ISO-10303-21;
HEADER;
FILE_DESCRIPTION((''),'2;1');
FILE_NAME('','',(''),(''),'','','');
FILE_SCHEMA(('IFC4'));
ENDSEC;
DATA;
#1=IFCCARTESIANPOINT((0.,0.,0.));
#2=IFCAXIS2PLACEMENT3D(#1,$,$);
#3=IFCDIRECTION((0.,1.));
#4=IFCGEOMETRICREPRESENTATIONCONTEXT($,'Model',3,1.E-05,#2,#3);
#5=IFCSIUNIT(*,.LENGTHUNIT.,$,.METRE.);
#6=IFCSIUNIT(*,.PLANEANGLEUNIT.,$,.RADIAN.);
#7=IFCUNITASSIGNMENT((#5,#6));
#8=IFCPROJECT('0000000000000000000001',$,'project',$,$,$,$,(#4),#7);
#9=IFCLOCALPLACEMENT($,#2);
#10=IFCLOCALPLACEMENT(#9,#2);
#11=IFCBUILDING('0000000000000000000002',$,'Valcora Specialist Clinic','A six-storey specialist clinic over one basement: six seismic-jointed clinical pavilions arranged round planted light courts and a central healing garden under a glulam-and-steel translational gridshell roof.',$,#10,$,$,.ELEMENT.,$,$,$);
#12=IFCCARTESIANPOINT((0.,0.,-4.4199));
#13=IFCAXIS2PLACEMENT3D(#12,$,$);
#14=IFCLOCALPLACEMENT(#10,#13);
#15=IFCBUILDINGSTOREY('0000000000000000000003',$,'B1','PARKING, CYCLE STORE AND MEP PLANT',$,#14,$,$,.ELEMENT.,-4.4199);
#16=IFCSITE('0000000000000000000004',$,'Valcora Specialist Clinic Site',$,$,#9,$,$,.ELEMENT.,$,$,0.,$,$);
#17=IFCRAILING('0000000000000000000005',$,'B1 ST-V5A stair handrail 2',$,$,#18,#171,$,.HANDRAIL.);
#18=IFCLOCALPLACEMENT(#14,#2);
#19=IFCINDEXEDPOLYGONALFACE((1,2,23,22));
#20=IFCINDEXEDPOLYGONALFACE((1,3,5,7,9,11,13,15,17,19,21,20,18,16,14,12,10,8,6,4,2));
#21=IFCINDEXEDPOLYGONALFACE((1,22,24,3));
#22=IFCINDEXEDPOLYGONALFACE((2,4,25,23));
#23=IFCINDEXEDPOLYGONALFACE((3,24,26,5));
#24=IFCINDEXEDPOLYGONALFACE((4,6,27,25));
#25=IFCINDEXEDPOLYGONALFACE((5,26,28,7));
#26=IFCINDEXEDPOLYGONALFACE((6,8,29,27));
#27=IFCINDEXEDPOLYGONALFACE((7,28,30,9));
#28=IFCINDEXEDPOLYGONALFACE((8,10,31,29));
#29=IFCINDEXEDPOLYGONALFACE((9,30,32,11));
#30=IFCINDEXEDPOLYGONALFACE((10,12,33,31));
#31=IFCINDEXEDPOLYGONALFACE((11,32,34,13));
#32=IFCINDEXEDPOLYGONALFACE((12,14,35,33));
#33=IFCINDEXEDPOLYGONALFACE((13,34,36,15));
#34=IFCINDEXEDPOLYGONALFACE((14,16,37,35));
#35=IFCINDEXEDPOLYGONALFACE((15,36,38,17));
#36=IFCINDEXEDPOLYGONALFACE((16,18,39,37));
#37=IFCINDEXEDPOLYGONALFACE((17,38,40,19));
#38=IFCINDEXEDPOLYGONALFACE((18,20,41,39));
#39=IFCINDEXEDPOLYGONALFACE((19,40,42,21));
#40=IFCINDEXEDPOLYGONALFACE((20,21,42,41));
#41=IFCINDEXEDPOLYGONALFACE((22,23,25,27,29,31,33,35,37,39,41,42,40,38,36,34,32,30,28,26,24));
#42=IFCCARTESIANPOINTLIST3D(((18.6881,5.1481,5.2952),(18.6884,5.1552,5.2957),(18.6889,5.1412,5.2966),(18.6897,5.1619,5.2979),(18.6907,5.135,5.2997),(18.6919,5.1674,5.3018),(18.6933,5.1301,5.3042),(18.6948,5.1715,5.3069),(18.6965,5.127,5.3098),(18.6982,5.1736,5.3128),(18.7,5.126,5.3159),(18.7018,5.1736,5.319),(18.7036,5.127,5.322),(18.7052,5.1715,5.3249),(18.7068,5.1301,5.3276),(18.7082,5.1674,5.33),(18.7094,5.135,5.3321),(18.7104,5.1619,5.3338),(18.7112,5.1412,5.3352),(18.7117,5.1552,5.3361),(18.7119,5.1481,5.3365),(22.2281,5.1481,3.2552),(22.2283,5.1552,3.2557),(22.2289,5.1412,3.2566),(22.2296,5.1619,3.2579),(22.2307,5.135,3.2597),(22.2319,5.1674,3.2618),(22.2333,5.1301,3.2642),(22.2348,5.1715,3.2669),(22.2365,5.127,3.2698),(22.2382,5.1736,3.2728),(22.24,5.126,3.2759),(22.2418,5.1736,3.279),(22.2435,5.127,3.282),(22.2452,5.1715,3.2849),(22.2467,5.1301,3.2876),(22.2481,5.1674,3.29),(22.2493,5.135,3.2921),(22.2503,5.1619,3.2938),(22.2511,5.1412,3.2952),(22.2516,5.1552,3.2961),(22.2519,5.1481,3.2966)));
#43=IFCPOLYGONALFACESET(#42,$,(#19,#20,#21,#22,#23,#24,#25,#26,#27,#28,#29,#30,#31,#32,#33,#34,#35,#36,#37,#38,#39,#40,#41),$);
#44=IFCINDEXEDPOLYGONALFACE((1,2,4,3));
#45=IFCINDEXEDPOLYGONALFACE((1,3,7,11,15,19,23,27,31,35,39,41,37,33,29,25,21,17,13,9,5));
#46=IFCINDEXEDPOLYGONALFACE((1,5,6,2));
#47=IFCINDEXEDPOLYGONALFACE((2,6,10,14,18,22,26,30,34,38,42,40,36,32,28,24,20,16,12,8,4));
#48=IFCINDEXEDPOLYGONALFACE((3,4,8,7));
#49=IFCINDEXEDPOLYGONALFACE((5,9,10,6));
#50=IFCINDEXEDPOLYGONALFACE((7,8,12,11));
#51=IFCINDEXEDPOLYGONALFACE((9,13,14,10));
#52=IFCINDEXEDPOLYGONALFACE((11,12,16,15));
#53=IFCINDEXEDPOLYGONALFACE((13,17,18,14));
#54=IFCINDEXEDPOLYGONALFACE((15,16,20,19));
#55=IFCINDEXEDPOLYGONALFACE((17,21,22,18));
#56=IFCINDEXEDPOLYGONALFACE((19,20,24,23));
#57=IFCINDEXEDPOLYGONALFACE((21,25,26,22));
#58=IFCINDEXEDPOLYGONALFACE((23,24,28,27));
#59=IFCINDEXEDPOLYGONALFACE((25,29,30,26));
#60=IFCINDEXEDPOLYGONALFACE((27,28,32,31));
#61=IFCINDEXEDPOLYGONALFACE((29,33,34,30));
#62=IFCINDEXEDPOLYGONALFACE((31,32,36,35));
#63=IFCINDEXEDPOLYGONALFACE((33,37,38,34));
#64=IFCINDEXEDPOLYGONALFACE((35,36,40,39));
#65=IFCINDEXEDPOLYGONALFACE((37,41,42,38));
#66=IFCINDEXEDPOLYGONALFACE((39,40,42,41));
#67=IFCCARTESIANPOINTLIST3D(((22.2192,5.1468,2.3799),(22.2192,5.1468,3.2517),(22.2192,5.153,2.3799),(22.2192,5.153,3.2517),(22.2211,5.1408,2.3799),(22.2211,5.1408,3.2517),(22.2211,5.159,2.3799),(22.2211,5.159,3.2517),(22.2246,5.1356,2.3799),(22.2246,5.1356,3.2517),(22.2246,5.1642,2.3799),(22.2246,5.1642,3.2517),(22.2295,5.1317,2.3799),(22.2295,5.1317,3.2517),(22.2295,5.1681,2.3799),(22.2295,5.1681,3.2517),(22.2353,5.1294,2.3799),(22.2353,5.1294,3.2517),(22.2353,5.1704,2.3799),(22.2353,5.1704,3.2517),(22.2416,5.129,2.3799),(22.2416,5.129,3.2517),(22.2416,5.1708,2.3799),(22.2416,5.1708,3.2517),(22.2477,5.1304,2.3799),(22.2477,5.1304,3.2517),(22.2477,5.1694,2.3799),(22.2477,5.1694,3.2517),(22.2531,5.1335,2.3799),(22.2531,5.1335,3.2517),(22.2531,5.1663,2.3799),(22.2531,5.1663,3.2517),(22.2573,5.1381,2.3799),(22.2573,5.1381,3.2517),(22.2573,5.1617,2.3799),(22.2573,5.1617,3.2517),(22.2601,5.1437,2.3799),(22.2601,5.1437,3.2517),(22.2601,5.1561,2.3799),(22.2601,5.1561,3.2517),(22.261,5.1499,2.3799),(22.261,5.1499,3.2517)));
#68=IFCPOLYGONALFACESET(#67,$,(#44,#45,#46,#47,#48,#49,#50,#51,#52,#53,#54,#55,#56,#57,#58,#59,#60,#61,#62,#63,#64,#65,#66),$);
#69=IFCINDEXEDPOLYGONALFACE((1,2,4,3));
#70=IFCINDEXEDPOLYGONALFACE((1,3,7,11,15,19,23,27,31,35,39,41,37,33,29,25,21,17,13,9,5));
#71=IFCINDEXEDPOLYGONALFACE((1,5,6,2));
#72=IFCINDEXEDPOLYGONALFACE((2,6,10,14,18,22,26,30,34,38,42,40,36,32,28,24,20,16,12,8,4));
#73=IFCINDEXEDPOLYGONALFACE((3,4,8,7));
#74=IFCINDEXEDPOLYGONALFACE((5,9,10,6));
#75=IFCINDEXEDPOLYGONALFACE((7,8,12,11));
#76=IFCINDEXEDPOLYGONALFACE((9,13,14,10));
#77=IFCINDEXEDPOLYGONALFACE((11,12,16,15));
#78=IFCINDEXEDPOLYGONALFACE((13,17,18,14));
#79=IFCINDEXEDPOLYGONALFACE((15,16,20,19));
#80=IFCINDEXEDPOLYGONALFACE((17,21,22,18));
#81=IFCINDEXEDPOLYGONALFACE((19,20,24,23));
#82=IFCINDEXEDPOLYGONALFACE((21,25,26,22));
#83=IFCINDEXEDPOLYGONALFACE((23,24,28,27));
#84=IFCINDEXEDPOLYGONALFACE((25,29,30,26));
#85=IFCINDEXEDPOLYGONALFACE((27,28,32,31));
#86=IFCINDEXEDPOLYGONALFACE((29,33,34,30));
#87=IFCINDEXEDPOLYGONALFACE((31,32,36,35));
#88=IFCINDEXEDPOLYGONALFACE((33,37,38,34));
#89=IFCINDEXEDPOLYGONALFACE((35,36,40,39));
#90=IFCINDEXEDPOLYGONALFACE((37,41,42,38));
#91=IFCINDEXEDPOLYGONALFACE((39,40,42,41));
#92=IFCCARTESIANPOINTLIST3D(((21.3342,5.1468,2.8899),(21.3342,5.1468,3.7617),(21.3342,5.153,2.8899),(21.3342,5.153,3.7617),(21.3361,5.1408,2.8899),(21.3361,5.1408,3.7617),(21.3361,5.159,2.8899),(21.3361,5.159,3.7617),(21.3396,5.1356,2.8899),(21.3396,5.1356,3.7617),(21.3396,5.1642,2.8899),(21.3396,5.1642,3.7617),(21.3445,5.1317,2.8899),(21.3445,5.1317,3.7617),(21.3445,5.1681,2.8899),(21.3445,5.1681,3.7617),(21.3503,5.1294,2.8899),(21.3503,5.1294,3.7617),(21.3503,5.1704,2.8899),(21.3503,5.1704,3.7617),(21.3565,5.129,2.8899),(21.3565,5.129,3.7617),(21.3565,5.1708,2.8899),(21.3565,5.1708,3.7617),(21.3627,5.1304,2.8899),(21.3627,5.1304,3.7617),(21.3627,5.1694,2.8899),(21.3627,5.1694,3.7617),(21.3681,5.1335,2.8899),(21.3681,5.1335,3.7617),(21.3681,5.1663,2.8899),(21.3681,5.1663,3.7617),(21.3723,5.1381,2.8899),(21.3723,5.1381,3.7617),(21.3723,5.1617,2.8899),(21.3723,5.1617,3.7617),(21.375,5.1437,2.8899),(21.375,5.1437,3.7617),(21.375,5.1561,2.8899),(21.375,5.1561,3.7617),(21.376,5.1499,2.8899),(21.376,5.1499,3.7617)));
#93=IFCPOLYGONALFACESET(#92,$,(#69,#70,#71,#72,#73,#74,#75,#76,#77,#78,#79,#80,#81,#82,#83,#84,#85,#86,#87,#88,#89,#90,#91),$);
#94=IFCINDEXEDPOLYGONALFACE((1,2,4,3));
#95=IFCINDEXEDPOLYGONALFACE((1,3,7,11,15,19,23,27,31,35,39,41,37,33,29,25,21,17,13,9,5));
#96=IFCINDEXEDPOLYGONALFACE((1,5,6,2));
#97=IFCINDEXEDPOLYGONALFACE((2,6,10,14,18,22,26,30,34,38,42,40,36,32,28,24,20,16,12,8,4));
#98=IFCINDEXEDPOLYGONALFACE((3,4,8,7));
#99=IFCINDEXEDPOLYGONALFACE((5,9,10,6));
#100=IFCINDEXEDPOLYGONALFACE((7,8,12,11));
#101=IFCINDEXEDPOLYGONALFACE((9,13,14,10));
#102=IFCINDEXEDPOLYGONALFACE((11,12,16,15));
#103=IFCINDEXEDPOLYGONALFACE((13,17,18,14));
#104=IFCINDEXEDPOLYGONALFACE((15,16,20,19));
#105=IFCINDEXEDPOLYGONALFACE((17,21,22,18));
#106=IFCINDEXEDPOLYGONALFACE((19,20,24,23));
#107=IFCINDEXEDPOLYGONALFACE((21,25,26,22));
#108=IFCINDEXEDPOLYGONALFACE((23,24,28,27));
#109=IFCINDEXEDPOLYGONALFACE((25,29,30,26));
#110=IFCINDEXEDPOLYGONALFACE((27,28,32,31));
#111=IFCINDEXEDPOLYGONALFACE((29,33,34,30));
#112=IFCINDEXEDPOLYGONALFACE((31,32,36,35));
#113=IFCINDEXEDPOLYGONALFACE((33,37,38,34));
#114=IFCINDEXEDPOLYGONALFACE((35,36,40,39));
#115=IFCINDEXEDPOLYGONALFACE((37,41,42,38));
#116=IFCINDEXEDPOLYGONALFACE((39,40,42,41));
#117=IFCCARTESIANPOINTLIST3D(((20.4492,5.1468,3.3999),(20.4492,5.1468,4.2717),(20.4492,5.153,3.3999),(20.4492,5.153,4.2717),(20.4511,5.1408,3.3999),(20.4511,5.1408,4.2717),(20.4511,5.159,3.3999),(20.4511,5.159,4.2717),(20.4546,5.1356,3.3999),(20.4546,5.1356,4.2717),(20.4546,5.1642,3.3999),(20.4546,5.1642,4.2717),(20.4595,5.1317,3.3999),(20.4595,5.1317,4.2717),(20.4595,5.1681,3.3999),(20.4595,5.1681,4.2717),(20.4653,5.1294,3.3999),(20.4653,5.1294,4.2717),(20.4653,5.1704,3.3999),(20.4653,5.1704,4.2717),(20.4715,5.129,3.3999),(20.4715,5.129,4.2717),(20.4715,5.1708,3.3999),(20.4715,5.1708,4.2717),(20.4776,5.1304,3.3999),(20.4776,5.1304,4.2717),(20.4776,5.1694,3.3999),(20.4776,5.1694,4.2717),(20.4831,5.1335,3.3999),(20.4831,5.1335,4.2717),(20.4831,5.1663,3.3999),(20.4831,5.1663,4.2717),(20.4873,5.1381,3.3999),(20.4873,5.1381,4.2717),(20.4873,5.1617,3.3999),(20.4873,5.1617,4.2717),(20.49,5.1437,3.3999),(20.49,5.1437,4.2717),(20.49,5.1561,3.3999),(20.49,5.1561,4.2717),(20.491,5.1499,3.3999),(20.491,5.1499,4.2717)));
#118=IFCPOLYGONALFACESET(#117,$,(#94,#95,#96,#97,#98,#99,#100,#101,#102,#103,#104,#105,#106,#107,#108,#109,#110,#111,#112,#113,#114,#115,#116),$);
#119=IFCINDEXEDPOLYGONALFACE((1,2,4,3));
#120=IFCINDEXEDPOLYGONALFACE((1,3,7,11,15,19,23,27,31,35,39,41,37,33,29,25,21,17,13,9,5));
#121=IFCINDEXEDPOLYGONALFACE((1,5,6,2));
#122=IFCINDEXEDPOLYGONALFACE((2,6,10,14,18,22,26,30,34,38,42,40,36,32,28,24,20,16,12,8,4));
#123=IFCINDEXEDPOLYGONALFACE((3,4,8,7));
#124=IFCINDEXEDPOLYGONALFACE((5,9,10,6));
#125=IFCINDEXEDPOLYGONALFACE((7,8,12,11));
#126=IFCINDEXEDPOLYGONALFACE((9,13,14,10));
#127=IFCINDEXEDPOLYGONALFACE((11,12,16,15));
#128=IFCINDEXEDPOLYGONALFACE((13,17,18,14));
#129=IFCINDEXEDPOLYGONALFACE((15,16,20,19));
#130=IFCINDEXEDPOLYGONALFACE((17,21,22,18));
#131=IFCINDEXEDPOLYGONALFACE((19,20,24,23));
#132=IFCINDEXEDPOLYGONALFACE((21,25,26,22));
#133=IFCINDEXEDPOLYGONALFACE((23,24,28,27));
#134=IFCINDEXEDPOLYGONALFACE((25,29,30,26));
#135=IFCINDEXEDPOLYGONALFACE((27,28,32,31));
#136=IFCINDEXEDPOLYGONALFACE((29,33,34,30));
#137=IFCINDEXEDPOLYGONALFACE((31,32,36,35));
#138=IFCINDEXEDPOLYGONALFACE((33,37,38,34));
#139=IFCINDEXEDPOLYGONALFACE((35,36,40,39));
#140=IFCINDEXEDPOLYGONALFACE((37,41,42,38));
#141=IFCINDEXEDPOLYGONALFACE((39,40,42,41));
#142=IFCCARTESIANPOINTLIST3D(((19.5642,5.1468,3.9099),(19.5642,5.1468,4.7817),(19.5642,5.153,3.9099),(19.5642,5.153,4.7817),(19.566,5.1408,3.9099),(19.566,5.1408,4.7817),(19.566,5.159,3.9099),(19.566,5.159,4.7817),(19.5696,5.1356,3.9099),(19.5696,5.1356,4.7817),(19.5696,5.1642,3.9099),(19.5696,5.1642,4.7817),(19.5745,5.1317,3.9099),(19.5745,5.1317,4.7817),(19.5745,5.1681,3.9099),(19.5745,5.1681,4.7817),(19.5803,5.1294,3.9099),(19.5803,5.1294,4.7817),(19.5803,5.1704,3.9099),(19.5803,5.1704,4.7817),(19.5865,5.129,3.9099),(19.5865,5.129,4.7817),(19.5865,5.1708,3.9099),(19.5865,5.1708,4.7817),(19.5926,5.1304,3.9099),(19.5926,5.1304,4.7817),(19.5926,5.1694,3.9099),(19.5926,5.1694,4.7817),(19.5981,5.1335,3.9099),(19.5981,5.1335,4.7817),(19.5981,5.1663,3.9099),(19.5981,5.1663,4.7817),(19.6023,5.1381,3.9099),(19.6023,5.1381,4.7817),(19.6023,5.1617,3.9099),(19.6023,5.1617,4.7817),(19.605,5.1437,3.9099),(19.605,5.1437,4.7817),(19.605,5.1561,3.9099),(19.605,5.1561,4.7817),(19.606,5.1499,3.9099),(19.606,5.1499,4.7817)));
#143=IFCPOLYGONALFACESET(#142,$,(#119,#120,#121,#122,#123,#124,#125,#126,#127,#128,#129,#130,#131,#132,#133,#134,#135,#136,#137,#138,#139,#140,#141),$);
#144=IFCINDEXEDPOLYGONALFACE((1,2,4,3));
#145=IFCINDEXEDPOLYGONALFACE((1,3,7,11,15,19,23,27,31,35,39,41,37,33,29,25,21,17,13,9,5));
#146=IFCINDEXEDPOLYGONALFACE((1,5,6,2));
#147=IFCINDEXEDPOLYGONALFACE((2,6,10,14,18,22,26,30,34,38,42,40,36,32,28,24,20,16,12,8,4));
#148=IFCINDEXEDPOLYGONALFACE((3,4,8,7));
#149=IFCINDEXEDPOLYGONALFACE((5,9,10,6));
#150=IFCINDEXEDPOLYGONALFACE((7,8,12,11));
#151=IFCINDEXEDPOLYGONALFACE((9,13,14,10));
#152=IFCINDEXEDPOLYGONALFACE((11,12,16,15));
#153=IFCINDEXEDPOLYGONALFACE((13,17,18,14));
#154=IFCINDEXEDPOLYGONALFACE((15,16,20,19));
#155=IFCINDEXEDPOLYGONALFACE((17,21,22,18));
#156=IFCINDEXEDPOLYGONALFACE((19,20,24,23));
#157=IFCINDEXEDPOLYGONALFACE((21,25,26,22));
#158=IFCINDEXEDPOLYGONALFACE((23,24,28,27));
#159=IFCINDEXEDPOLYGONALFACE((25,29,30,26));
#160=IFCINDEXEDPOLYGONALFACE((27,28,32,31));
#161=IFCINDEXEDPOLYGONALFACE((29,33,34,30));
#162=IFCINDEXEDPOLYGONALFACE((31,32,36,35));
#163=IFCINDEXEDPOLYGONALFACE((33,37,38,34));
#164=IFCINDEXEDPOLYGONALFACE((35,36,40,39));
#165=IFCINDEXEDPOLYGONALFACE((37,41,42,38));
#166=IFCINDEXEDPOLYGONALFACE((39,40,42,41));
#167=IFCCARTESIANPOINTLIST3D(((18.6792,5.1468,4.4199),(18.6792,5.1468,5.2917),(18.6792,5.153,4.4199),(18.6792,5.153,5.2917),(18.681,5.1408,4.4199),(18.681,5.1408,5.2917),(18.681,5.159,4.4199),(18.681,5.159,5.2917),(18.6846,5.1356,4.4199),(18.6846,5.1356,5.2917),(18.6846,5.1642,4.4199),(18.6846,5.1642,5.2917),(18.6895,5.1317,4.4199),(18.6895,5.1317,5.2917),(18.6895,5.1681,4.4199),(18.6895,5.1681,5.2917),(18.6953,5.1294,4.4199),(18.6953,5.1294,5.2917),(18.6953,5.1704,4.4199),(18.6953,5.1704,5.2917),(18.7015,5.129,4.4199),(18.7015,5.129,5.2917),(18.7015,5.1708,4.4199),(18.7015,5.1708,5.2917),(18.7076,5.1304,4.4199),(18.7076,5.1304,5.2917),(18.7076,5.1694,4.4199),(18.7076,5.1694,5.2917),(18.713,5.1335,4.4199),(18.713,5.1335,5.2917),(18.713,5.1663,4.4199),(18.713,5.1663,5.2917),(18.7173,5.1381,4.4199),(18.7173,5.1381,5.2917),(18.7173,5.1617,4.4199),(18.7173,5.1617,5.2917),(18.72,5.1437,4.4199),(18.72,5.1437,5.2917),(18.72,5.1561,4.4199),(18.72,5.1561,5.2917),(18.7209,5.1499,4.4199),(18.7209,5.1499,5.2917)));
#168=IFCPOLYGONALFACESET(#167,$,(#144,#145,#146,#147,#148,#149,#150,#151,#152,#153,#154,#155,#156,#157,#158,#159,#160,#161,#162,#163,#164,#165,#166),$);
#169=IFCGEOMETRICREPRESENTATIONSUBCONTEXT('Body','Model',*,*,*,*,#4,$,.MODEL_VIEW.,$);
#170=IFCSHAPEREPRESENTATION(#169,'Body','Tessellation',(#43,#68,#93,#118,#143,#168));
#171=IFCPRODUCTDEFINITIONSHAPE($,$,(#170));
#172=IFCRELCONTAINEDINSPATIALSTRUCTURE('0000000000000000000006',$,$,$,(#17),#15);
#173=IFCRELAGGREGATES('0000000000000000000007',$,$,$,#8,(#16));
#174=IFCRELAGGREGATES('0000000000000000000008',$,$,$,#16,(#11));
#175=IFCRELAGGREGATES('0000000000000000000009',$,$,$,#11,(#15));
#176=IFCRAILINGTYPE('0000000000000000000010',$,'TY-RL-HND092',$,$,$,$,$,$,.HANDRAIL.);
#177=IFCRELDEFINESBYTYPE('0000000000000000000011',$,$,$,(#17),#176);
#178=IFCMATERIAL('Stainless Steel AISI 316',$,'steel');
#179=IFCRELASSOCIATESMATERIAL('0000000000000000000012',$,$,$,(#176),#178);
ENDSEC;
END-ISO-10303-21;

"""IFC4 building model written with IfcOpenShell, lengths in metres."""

from ifc_helpers import new_model, si_unit, direction, frame, origin, origin_2d, place, context, subcontext, project, spatial, circle, extrude, material, type_object, element, save


model = new_model("IFC4")

# Units and contexts
model_context = context("Model", 3, precision=1e-05, world=origin(), true_north=direction((0.0, 1.0)))
body_context = subcontext(model_context, "Body", "Model", "MODEL_VIEW")
ifc_project = project(units=[si_unit("LENGTHUNIT", "METRE"), si_unit("PLANEANGLEUNIT", "RADIAN")], contexts=[model_context])

# Site, building, storey
site_placement = place(None, origin())
site = spatial("IfcSite", under=ifc_project, at=site_placement, Name="Valcora Specialist Clinic Site", CompositionType="ELEMENT", RefElevation=0.0)
building_placement = place(site_placement, origin())
building = spatial("IfcBuilding", under=site, at=building_placement, Name="Valcora Specialist Clinic", Description="A six-storey specialist clinic over one basement: six seismic-jointed clinical pavilions arranged round planted light courts and a central healing garden under a glulam-and-steel translational gridshell roof.", CompositionType="ELEMENT")
storey_placement = place(building_placement, frame((0.0, 0.0, -4.4199)))
storey = spatial("IfcBuildingStorey", under=building, at=storey_placement, Name="B1", Description="PARKING, CYCLE STORE AND MEP PLANT", CompositionType="ELEMENT", Elevation=-4.4199)

# Railing
ifc_material_1 = material(Name="Stainless Steel AISI 316", Category="steel")
railing_type_1 = type_object("IfcRailingType", Name="TY-RL-HND092", PredefinedType="HANDRAIL", material=ifc_material_1)
railing_1_placement = place(storey_placement, frame((22.24, 5.1499, 2.3799)))
element("IfcRailing", 1, at=railing_1_placement, inside=storey, type_object=railing_type_1, Name="B1 ST-V5A stair handrail 2", PredefinedType="HANDRAIL", context=body_context, shape_type="SweptSolid", body=[
    extrude(circle(Radius=0.0239, at=origin_2d()), frame((0.0, 0.0, 0.896), z_axis=(-0.866428, 0.0, 0.499302), x_axis=(0.0, -1.0, 0.0)), (0.0, 0.0, 1.0), 4.0857),
    extrude(circle(Radius=0.021, at=origin_2d()), origin(), (0.0, 0.0, 1.0), 0.8718),
    extrude(circle(Radius=0.021, at=origin_2d()), frame((-0.885, 0.0, 0.51)), (0.0, 0.0, 1.0), 0.8718),
    extrude(circle(Radius=0.021, at=origin_2d()), frame((-1.77, 0.0, 1.02)), (0.0, 0.0, 1.0), 0.8718),
    extrude(circle(Radius=0.021, at=origin_2d()), frame((-2.655, 0.0, 1.53)), (0.0, 0.0, 1.0), 0.8718),
    extrude(circle(Radius=0.021, at=origin_2d()), frame((-3.54, 0.0, 2.04)), (0.0, 0.0, 1.0), 0.8718),
])

save(model, "model.ifc")
